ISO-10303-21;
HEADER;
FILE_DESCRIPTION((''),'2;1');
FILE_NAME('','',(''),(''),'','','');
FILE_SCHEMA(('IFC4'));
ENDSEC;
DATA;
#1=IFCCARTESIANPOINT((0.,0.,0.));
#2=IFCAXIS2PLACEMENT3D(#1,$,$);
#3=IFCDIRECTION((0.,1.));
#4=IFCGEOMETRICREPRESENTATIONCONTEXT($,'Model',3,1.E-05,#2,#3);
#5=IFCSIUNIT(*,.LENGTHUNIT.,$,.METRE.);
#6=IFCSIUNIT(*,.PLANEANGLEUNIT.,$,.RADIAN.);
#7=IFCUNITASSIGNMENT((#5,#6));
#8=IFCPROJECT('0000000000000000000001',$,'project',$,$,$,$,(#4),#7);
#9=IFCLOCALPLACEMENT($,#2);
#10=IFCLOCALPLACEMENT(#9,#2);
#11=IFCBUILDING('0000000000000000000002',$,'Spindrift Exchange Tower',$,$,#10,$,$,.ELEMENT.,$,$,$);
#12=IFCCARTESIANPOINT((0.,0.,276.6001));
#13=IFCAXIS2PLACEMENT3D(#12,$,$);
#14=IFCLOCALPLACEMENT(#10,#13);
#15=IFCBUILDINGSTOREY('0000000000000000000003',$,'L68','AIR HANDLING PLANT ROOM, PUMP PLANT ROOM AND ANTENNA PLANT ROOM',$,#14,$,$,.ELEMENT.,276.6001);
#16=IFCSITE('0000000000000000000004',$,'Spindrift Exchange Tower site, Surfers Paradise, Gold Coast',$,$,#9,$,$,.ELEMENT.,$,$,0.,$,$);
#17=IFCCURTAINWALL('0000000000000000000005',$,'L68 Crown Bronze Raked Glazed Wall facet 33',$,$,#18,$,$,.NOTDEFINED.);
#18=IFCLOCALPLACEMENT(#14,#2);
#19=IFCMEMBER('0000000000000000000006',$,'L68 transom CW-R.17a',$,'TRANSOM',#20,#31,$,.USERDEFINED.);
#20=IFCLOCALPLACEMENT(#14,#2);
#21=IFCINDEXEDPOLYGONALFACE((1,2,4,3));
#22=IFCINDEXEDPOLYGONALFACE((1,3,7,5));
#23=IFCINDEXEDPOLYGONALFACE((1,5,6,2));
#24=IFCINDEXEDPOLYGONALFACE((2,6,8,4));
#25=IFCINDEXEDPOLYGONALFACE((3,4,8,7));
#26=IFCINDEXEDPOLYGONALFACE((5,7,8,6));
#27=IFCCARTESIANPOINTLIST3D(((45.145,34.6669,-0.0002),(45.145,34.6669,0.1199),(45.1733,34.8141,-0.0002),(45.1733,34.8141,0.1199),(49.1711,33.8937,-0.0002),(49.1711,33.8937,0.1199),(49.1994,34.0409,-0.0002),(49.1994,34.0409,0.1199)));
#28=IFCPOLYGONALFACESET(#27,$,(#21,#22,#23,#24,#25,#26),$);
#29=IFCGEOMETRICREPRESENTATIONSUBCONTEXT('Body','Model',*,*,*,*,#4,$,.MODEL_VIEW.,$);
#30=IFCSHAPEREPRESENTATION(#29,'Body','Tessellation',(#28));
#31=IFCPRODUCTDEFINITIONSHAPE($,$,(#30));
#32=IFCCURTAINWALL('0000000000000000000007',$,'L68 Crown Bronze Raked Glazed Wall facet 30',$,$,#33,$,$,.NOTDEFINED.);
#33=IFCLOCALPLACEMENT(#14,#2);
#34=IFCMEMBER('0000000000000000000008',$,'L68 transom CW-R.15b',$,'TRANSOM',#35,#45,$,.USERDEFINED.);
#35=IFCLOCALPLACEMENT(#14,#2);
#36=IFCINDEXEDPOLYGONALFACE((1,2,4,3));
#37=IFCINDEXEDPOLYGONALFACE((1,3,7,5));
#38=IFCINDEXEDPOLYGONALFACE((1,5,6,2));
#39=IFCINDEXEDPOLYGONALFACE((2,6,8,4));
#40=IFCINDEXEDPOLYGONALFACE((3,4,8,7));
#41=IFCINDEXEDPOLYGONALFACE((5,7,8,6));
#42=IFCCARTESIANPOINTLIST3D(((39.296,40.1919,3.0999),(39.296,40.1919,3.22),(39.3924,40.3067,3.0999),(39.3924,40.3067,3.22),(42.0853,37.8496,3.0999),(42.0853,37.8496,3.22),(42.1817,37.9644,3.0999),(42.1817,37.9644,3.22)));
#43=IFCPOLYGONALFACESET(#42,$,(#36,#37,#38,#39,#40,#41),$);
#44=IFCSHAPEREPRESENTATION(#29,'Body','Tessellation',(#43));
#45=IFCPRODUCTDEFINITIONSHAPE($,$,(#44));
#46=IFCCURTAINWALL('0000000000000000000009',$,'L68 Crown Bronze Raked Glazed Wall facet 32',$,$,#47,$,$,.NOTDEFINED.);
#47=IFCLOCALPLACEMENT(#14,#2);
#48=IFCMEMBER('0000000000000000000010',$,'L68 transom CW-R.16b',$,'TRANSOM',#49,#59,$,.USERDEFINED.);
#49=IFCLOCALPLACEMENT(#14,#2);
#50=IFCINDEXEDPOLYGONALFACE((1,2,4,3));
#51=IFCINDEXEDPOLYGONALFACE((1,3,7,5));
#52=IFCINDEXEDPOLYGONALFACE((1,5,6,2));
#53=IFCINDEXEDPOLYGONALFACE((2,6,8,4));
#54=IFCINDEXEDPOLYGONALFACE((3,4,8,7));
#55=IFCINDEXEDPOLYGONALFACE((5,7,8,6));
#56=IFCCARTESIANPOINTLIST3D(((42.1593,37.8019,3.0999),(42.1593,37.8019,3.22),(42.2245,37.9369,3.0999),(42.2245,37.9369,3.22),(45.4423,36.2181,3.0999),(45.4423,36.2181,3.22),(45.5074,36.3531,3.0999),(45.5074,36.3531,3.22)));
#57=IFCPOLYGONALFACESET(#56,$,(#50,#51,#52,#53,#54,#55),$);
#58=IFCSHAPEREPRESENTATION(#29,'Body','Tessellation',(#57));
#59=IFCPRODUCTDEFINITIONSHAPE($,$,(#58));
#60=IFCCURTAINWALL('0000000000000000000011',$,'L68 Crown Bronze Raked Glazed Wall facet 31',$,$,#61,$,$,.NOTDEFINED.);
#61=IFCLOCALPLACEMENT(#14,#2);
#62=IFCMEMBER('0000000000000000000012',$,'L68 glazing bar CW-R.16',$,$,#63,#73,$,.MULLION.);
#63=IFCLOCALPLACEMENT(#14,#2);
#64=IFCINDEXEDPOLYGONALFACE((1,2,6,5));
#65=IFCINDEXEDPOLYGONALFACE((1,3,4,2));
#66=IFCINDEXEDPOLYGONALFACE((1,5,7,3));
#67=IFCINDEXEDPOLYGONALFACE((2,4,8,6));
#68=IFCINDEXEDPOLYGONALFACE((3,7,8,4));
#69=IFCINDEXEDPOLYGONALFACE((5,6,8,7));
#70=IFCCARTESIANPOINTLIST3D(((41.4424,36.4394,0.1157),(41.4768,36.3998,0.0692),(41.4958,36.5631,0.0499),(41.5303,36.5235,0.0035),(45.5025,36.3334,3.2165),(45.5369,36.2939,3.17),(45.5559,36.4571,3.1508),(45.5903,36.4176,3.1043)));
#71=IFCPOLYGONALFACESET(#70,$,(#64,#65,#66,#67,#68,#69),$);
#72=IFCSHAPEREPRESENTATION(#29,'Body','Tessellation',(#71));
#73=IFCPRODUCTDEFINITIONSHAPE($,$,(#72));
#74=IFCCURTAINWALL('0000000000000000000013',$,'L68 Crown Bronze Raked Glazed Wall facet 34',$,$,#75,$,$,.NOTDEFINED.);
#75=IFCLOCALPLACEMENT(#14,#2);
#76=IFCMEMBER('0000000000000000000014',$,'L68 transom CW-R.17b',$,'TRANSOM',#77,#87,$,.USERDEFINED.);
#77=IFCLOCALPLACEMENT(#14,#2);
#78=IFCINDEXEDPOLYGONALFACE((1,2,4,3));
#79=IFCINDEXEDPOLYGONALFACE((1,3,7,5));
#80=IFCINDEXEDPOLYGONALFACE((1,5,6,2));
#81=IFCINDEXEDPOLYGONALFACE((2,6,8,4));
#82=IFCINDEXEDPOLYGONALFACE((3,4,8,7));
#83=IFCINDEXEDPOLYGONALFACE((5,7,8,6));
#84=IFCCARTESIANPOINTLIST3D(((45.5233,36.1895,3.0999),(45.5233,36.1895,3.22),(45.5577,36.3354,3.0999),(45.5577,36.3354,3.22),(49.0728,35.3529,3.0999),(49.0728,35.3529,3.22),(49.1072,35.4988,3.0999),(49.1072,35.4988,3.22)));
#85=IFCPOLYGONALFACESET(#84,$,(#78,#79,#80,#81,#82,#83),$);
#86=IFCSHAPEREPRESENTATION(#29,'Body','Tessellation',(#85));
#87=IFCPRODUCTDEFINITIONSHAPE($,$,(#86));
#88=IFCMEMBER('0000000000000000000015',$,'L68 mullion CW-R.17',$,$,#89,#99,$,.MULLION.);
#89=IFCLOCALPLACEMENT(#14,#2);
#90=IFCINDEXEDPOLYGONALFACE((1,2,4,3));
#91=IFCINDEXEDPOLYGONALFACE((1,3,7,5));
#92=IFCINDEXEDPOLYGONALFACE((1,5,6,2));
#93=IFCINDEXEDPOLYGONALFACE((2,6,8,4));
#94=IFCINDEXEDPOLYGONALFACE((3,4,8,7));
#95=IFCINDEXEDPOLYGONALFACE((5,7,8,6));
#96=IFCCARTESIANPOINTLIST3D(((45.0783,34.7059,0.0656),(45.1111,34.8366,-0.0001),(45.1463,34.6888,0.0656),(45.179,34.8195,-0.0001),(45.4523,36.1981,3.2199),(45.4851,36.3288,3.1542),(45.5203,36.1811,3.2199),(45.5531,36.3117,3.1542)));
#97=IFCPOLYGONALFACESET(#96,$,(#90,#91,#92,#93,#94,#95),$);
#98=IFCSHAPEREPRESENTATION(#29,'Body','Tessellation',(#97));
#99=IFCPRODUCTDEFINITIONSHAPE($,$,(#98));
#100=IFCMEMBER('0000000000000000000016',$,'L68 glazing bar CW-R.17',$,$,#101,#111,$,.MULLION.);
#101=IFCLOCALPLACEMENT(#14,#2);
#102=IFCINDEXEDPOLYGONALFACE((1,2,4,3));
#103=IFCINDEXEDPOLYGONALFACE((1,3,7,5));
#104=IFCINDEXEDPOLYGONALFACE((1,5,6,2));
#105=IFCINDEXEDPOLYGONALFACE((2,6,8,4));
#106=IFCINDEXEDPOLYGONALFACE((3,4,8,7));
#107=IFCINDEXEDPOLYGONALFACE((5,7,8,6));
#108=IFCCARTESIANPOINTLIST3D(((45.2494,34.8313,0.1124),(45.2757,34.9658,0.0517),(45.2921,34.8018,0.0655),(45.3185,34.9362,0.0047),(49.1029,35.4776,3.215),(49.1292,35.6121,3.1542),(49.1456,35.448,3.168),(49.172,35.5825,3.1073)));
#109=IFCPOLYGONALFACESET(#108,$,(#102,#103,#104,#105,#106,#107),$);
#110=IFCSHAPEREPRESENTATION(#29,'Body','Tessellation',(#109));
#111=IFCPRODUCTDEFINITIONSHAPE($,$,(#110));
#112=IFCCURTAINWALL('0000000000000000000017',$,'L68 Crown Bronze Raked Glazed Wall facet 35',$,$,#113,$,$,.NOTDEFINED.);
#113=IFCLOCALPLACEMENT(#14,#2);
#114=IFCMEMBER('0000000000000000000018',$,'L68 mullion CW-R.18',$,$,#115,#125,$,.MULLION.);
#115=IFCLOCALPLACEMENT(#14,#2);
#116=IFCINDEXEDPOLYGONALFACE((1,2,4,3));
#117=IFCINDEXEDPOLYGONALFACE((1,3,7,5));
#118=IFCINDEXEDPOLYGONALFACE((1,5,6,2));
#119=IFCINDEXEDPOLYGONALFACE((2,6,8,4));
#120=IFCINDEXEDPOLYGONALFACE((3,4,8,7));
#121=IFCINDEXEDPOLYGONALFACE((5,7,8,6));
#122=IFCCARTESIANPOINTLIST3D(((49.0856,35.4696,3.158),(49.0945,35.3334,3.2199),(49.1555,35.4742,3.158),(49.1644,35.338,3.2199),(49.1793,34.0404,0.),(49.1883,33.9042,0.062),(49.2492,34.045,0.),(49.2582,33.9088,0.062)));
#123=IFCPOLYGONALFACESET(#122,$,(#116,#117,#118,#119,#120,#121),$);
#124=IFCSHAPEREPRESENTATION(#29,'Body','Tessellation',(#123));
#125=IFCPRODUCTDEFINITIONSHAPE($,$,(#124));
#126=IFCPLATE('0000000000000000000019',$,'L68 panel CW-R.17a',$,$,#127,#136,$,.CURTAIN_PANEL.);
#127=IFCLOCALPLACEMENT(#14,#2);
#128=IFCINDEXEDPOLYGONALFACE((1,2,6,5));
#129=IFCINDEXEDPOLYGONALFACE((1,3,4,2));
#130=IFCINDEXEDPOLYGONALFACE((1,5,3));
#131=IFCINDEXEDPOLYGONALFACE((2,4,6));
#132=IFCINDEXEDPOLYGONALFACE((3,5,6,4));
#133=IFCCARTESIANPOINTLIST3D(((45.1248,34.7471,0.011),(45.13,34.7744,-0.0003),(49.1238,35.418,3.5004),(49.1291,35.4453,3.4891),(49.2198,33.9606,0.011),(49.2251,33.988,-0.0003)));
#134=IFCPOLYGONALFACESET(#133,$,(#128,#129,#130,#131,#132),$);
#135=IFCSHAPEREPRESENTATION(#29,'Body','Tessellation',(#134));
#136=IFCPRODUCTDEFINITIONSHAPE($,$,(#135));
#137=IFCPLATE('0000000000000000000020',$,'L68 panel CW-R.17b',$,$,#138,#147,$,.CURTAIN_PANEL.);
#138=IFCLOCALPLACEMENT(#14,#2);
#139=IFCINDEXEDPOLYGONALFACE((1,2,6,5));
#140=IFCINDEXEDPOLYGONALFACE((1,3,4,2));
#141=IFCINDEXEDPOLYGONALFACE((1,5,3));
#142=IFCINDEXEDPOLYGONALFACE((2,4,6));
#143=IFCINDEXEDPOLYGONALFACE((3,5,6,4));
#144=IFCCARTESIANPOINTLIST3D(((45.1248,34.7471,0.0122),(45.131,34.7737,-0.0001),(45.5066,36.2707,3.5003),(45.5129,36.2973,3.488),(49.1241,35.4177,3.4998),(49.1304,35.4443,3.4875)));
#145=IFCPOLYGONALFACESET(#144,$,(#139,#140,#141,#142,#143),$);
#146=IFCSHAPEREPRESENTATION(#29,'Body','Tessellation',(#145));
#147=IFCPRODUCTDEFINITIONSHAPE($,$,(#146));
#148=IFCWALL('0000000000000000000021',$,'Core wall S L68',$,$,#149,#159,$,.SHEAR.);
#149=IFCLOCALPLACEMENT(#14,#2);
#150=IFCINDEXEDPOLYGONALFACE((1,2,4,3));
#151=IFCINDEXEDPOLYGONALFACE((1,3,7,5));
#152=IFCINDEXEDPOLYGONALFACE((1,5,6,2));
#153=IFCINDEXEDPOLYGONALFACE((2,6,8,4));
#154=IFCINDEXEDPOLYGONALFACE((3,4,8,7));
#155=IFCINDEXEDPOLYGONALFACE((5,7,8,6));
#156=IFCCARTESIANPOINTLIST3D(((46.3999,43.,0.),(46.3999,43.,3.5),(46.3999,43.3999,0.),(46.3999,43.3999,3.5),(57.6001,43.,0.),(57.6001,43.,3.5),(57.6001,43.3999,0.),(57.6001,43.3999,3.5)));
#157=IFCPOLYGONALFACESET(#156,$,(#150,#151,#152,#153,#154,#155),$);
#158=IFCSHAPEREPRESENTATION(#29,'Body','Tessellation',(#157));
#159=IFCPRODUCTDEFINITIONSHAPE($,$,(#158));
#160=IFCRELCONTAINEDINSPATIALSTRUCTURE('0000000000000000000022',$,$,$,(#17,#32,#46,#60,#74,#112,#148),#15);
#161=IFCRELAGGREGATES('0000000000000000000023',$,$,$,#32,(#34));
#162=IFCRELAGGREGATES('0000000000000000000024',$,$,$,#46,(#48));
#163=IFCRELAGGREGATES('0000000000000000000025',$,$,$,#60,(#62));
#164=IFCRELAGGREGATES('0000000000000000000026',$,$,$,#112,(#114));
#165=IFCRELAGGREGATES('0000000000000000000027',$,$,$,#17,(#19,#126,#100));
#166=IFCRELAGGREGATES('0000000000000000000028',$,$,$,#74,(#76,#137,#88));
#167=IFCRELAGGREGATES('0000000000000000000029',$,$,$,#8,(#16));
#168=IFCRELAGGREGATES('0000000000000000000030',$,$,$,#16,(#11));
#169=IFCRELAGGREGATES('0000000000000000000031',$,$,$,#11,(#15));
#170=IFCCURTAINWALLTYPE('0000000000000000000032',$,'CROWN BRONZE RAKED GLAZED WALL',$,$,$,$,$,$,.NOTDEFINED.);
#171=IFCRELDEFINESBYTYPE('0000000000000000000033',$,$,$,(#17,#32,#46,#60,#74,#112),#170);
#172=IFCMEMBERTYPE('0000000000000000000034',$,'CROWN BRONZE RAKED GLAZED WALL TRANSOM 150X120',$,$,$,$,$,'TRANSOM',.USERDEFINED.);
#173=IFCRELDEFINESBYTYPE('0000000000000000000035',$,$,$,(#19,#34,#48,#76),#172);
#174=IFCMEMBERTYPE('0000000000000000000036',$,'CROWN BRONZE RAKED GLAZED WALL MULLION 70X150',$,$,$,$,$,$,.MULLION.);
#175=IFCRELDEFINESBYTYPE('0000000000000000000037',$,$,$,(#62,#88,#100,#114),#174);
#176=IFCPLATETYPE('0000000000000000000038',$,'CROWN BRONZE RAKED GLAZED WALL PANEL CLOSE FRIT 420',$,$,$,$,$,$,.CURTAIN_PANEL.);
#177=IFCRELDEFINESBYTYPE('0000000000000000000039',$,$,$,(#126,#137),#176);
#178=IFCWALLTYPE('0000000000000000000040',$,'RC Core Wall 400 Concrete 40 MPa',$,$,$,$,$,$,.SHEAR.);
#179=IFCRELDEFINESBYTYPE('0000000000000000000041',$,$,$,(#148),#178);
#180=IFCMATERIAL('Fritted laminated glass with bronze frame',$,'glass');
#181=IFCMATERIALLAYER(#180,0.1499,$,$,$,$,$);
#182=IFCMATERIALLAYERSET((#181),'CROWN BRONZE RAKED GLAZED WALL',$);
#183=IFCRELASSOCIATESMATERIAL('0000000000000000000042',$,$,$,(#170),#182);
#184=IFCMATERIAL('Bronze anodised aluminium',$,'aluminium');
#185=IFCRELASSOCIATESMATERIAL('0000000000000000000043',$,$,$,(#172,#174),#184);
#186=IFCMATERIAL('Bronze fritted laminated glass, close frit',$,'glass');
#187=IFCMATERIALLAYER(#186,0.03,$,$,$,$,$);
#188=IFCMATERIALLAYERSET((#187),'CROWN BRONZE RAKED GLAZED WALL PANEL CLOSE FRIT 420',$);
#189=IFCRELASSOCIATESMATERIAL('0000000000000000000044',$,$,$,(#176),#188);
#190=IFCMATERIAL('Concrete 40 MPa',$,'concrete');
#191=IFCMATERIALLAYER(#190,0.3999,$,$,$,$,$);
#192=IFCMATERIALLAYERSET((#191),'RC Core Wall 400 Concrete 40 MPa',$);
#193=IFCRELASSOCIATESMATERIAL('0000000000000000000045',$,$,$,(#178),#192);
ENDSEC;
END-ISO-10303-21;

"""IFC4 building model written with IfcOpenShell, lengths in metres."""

from ifc_helpers import new_model, si_unit, direction, frame, frame_2d, origin, origin_2d, place, context, subcontext, project, spatial, line, indexed_curve, rectangle, outline, extrude, source, transform, mapped, material, layer, layer_set, material_profile, profile_set, type_object, element, aggregate, save


model = new_model("IFC4")

# Units and contexts
model_context = context("Model", 3, precision=1e-05, world=origin(), true_north=direction((0.0, 1.0)))
body_context = subcontext(model_context, "Body", "Model", "MODEL_VIEW")
ifc_project = project(units=[si_unit("LENGTHUNIT", "METRE"), si_unit("PLANEANGLEUNIT", "RADIAN")], contexts=[model_context])

# Site, building, storey
site_placement = place(None, origin())
site = spatial("IfcSite", under=ifc_project, at=site_placement, Name="Spindrift Exchange Tower site, Surfers Paradise, Gold Coast", CompositionType="ELEMENT", RefElevation=0.0)
building_placement = place(site_placement, origin())
building = spatial("IfcBuilding", under=site, at=building_placement, Name="Spindrift Exchange Tower", CompositionType="ELEMENT")
storey_placement = place(building_placement, frame((0.0, 0.0, 276.6001)))
storey = spatial("IfcBuildingStorey", under=building, at=storey_placement, Name="L68", Description="AIR HANDLING PLANT ROOM, PUMP PLANT ROOM AND ANTENNA PLANT ROOM", CompositionType="ELEMENT", Elevation=276.6001)

# Shared definitions
ifc_material_1 = material(Name="Concrete 40 MPa", Category="concrete")

# Curtain walls, members
ifc_material_2 = material(Name="Fritted laminated glass with bronze frame", Category="glass")
ifc_layer_1 = layer(ifc_material_2, 0.1499)
ifc_layer_set_1 = layer_set([ifc_layer_1], Name="CROWN BRONZE RAKED GLAZED WALL")
curtain_wall_type = type_object("IfcCurtainWallType", Name="CROWN BRONZE RAKED GLAZED WALL", PredefinedType="NOTDEFINED", material=ifc_layer_set_1)
curtain_wall_1_placement = place(storey_placement, origin())
curtain_wall_1 = element("IfcCurtainWall", 1, at=curtain_wall_1_placement, inside=storey, type_object=curtain_wall_type, Name="L68 Crown Bronze Raked Glazed Wall facet 33", PredefinedType="NOTDEFINED")
ifc_material_3 = material(Name="Bronze anodised aluminium", Category="aluminium")
ifc_material_profile_1 = material_profile(ifc_material_3, rectangle(XDim=0.1499, YDim=0.1201, at=origin_2d()), Name="CROWN BRONZE RAKED GLAZED WALL TRANSOM 150X120")
ifc_profile_set_1 = profile_set([ifc_material_profile_1], Name="Bronze anodised aluminium")
member_type_1 = type_object("IfcMemberType", Name="CROWN BRONZE RAKED GLAZED WALL TRANSOM 150X120", ElementType="TRANSOM", PredefinedType="USERDEFINED", material=ifc_profile_set_1)
shared_shape_1 = source(origin(), body_context, "Body", "SweptSolid", [
    extrude(rectangle(XDim=0.1499, YDim=0.1201, at=origin_2d()), origin(), (0.0, 0.0, 1.0), 4.0996),
])
member_1_placement = place(storey_placement, frame((45.1592, 34.7405, 0.0598), z_axis=(0.982054, -0.188598, 0.0), x_axis=(0.188598, 0.982054, 0.0)))
member_1 = element("IfcMember", 2, at=member_1_placement, type_object=member_type_1, Name="L68 transom CW-R.17a", ObjectType="TRANSOM", PredefinedType="USERDEFINED", context=body_context, shape_type="MappedRepresentation", body=[
    mapped(shared_shape_1, transform((0.0, 0.0, 0.0), scale=1.0)),
])
curtain_wall_2_placement = place(storey_placement, origin())
curtain_wall_2 = element("IfcCurtainWall", 3, at=curtain_wall_2_placement, inside=storey, type_object=curtain_wall_type, Name="L68 Crown Bronze Raked Glazed Wall facet 30", PredefinedType="NOTDEFINED")
shared_shape_2 = source(origin(), body_context, "Body", "SweptSolid", [
    extrude(rectangle(XDim=0.1499, YDim=0.1201, at=origin_2d()), origin(), (0.0, 0.0, 1.0), 3.6423),
])
member_2_placement = place(storey_placement, frame((42.1335, 37.907, 3.1599), z_axis=(-0.765804, 0.643074, 0.0), x_axis=(-0.643074, -0.765804, 0.0)))
member_2 = element("IfcMember", 4, at=member_2_placement, type_object=member_type_1, Name="L68 transom CW-R.15b", ObjectType="TRANSOM", PredefinedType="USERDEFINED", context=body_context, shape_type="MappedRepresentation", body=[
    mapped(shared_shape_2, transform((0.0, 0.0, 0.0), scale=1.0)),
])
aggregate(curtain_wall_2, [member_2])
curtain_wall_3_placement = place(storey_placement, origin())
curtain_wall_3 = element("IfcCurtainWall", 5, at=curtain_wall_3_placement, inside=storey, type_object=curtain_wall_type, Name="L68 Crown Bronze Raked Glazed Wall facet 32", PredefinedType="NOTDEFINED")
shared_shape_3 = source(origin(), body_context, "Body", "SweptSolid", [
    extrude(rectangle(XDim=0.1499, YDim=0.1201, at=origin_2d()), origin(), (0.0, 0.0, 1.0), 3.645),
])
member_3_placement = place(storey_placement, frame((42.1919, 37.8694, 3.1599), z_axis=(0.900674, -0.434496, 0.0), x_axis=(0.434496, 0.900674, 0.0)))
member_3 = element("IfcMember", 6, at=member_3_placement, type_object=member_type_1, Name="L68 transom CW-R.16b", ObjectType="TRANSOM", PredefinedType="USERDEFINED", context=body_context, shape_type="MappedRepresentation", body=[
    mapped(shared_shape_3, transform((0.0, 0.0, 0.0), scale=1.0)),
])
aggregate(curtain_wall_3, [member_3])
curtain_wall_4_placement = place(storey_placement, origin())
curtain_wall_4 = element("IfcCurtainWall", 7, at=curtain_wall_4_placement, inside=storey, type_object=curtain_wall_type, Name="L68 Crown Bronze Raked Glazed Wall facet 31", PredefinedType="NOTDEFINED")
ifc_material_profile_2 = material_profile(ifc_material_3, rectangle(XDim=0.0701, YDim=0.1499, at=origin_2d()), Name="CROWN BRONZE RAKED GLAZED WALL MULLION 70X150")
ifc_profile_set_2 = profile_set([ifc_material_profile_2], Name="Bronze anodised aluminium")
member_type_2 = type_object("IfcMemberType", Name="CROWN BRONZE RAKED GLAZED WALL MULLION 70X150", PredefinedType="MULLION", material=ifc_profile_set_2)
shared_shape_4 = source(origin(), body_context, "Body", "SweptSolid", [
    extrude(rectangle(XDim=0.0701, YDim=0.1499, at=origin_2d()), origin(), (0.0, 0.0, 1.0), 5.1099),
])
member_4_placement = place(storey_placement, frame((41.4863, 36.4814, 0.0596), z_axis=(0.794557, -0.020736, 0.606835), x_axis=(-0.491674, 0.564455, 0.663059)))
member_4 = element("IfcMember", 8, at=member_4_placement, type_object=member_type_2, Name="L68 glazing bar CW-R.16", PredefinedType="MULLION", context=body_context, shape_type="MappedRepresentation", body=[
    mapped(shared_shape_4, transform((0.0, 0.0, 0.0), scale=1.0)),
])
aggregate(curtain_wall_4, [member_4])

# Curtain wall, members
curtain_wall_5_placement = place(storey_placement, origin())
curtain_wall_5 = element("IfcCurtainWall", 9, at=curtain_wall_5_placement, inside=storey, type_object=curtain_wall_type, Name="L68 Crown Bronze Raked Glazed Wall facet 34", PredefinedType="NOTDEFINED")
shared_shape_5 = source(origin(), body_context, "Body", "SweptSolid", [
    extrude(rectangle(XDim=0.1499, YDim=0.1201, at=origin_2d()), origin(), (0.0, 0.0, 1.0), 3.6467),
])
member_5_placement = place(storey_placement, frame((45.5405, 36.2625, 3.1599), z_axis=(0.973327, -0.229424, 0.0), x_axis=(0.229424, 0.973327, 0.0)))
member_5 = element("IfcMember", 10, at=member_5_placement, type_object=member_type_1, Name="L68 transom CW-R.17b", ObjectType="TRANSOM", PredefinedType="USERDEFINED", context=body_context, shape_type="MappedRepresentation", body=[
    mapped(shared_shape_5, transform((0.0, 0.0, 0.0), scale=1.0)),
])
shared_shape_6 = source(origin(), body_context, "Body", "SweptSolid", [
    extrude(rectangle(XDim=0.0701, YDim=0.1499, at=origin_2d()), origin(), (0.0, 0.0, 1.0), 3.5095),
])
member_6_placement = place(storey_placement, frame((45.1287, 34.7627, 0.0327), z_axis=(0.106577, 0.425194, 0.898806), x_axis=(-0.969993, 0.243133, 0.0)))
member_6 = element("IfcMember", 11, at=member_6_placement, type_object=member_type_2, Name="L68 mullion CW-R.17", PredefinedType="MULLION", context=body_context, shape_type="MappedRepresentation", body=[
    mapped(shared_shape_6, transform((0.0, 0.0, 0.0), scale=1.0)),
])

# Member
shared_shape_7 = source(origin(), body_context, "Body", "SweptSolid", [
    extrude(rectangle(XDim=0.0701, YDim=0.1499, at=origin_2d()), origin(), (0.0, 0.0, 1.0), 4.9893),
])
member_7_placement = place(storey_placement, frame((45.2839, 34.8838, 0.0586), z_axis=(0.772358, 0.129526, 0.621841), x_axis=(-0.610361, 0.422367, 0.670124)))
member_7 = element("IfcMember", 12, at=member_7_placement, type_object=member_type_2, Name="L68 glazing bar CW-R.17", PredefinedType="MULLION", context=body_context, shape_type="MappedRepresentation", body=[
    mapped(shared_shape_7, transform((0.0, 0.0, 0.0), scale=1.0)),
])

# Curtain wall, member
curtain_wall_6_placement = place(storey_placement, origin())
curtain_wall_6 = element("IfcCurtainWall", 13, at=curtain_wall_6_placement, inside=storey, type_object=curtain_wall_type, Name="L68 Crown Bronze Raked Glazed Wall facet 35", PredefinedType="NOTDEFINED")
shared_shape_8 = source(origin(), body_context, "Body", "SweptSolid", [
    extrude(rectangle(XDim=0.0701, YDim=0.1499, at=origin_2d()), origin(), (0.0, 0.0, 1.0), 3.4675),
])
member_8_placement = place(storey_placement, frame((49.2188, 33.9746, 0.031), z_axis=(-0.027036, 0.412161, 0.91071), x_axis=(-0.997855, -0.065456, 0.0)))
member_8 = element("IfcMember", 14, at=member_8_placement, type_object=member_type_2, Name="L68 mullion CW-R.18", PredefinedType="MULLION", context=body_context, shape_type="MappedRepresentation", body=[
    mapped(shared_shape_8, transform((0.0, 0.0, 0.0), scale=1.0)),
])
aggregate(curtain_wall_6, [member_8])

# Plates
ifc_material_4 = material(Name="Bronze fritted laminated glass, close frit", Category="glass")
ifc_layer_2 = layer(ifc_material_4, 0.03)
ifc_layer_set_2 = layer_set([ifc_layer_2], Name="CROWN BRONZE RAKED GLAZED WALL PANEL CLOSE FRIT 420")
plate_type = type_object("IfcPlateType", Name="CROWN BRONZE RAKED GLAZED WALL PANEL CLOSE FRIT 420", PredefinedType="CURTAIN_PANEL", material=ifc_layer_set_2)
plate_1_placement = place(storey_placement, frame((45.1248, 34.7471, 0.011), z_axis=(-0.17481, -0.910248, 0.375354), x_axis=(0.982054, -0.1886, 0.0)))
plate_1 = element("IfcPlate", 15, at=plate_1_placement, type_object=plate_type, Name="L68 panel CW-R.17a", PredefinedType="CURTAIN_PANEL", context=body_context, shape_type="SweptSolid", body=[
    extrude(outline(indexed_curve([(0.0, 0.0), (4.1699, 0.0), (3.8008, 3.7646)], segments=[line(1, 2, 3, 1)], self_intersect=False)), origin(), (0.0, 0.0, -1.0), 0.03),
])
aggregate(curtain_wall_1, [member_1, plate_1, member_7])
plate_2_placement = place(storey_placement, frame((45.1248, 34.7471, 0.0122), z_axis=(-0.20921, -0.887509, 0.41056), x_axis=(0.747728, 0.125382, 0.65206)))
plate_2 = element("IfcPlate", 16, at=plate_2_placement, type_object=plate_type, Name="L68 panel CW-R.17b", PredefinedType="CURTAIN_PANEL", context=body_context, shape_type="SweptSolid", body=[
    extrude(outline(indexed_curve([(0.0, 0.0), (5.3486, 0.0), (2.751, 2.6582)], segments=[line(1, 2, 3, 1)], self_intersect=False)), origin(), (0.0, 0.0, -1.0), 0.03),
])
aggregate(curtain_wall_5, [member_5, plate_2, member_6])

# Wall
ifc_layer_3 = layer(ifc_material_1, 0.3999)
ifc_layer_set_3 = layer_set([ifc_layer_3], Name="RC Core Wall 400 Concrete 40 MPa")
wall_type_1 = type_object("IfcWallType", Name="RC Core Wall 400 Concrete 40 MPa", PredefinedType="SHEAR", material=ifc_layer_set_3)
wall_1_placement = place(storey_placement, frame((46.3999, 43.2, 0.0), z_axis=(0.0, 0.0, 1.0), x_axis=(1.0, 0.0, 0.0)))
element("IfcWall", 17, at=wall_1_placement, inside=storey, type_object=wall_type_1, Name="Core wall S L68", PredefinedType="SHEAR", context=body_context, shape_type="SweptSolid", body=[
    extrude(rectangle(XDim=11.2002, YDim=0.3999, at=frame_2d((5.6001, 0.0))), origin(), (0.0, 0.0, 1.0), 3.5),
])

save(model, "model.ifc")
